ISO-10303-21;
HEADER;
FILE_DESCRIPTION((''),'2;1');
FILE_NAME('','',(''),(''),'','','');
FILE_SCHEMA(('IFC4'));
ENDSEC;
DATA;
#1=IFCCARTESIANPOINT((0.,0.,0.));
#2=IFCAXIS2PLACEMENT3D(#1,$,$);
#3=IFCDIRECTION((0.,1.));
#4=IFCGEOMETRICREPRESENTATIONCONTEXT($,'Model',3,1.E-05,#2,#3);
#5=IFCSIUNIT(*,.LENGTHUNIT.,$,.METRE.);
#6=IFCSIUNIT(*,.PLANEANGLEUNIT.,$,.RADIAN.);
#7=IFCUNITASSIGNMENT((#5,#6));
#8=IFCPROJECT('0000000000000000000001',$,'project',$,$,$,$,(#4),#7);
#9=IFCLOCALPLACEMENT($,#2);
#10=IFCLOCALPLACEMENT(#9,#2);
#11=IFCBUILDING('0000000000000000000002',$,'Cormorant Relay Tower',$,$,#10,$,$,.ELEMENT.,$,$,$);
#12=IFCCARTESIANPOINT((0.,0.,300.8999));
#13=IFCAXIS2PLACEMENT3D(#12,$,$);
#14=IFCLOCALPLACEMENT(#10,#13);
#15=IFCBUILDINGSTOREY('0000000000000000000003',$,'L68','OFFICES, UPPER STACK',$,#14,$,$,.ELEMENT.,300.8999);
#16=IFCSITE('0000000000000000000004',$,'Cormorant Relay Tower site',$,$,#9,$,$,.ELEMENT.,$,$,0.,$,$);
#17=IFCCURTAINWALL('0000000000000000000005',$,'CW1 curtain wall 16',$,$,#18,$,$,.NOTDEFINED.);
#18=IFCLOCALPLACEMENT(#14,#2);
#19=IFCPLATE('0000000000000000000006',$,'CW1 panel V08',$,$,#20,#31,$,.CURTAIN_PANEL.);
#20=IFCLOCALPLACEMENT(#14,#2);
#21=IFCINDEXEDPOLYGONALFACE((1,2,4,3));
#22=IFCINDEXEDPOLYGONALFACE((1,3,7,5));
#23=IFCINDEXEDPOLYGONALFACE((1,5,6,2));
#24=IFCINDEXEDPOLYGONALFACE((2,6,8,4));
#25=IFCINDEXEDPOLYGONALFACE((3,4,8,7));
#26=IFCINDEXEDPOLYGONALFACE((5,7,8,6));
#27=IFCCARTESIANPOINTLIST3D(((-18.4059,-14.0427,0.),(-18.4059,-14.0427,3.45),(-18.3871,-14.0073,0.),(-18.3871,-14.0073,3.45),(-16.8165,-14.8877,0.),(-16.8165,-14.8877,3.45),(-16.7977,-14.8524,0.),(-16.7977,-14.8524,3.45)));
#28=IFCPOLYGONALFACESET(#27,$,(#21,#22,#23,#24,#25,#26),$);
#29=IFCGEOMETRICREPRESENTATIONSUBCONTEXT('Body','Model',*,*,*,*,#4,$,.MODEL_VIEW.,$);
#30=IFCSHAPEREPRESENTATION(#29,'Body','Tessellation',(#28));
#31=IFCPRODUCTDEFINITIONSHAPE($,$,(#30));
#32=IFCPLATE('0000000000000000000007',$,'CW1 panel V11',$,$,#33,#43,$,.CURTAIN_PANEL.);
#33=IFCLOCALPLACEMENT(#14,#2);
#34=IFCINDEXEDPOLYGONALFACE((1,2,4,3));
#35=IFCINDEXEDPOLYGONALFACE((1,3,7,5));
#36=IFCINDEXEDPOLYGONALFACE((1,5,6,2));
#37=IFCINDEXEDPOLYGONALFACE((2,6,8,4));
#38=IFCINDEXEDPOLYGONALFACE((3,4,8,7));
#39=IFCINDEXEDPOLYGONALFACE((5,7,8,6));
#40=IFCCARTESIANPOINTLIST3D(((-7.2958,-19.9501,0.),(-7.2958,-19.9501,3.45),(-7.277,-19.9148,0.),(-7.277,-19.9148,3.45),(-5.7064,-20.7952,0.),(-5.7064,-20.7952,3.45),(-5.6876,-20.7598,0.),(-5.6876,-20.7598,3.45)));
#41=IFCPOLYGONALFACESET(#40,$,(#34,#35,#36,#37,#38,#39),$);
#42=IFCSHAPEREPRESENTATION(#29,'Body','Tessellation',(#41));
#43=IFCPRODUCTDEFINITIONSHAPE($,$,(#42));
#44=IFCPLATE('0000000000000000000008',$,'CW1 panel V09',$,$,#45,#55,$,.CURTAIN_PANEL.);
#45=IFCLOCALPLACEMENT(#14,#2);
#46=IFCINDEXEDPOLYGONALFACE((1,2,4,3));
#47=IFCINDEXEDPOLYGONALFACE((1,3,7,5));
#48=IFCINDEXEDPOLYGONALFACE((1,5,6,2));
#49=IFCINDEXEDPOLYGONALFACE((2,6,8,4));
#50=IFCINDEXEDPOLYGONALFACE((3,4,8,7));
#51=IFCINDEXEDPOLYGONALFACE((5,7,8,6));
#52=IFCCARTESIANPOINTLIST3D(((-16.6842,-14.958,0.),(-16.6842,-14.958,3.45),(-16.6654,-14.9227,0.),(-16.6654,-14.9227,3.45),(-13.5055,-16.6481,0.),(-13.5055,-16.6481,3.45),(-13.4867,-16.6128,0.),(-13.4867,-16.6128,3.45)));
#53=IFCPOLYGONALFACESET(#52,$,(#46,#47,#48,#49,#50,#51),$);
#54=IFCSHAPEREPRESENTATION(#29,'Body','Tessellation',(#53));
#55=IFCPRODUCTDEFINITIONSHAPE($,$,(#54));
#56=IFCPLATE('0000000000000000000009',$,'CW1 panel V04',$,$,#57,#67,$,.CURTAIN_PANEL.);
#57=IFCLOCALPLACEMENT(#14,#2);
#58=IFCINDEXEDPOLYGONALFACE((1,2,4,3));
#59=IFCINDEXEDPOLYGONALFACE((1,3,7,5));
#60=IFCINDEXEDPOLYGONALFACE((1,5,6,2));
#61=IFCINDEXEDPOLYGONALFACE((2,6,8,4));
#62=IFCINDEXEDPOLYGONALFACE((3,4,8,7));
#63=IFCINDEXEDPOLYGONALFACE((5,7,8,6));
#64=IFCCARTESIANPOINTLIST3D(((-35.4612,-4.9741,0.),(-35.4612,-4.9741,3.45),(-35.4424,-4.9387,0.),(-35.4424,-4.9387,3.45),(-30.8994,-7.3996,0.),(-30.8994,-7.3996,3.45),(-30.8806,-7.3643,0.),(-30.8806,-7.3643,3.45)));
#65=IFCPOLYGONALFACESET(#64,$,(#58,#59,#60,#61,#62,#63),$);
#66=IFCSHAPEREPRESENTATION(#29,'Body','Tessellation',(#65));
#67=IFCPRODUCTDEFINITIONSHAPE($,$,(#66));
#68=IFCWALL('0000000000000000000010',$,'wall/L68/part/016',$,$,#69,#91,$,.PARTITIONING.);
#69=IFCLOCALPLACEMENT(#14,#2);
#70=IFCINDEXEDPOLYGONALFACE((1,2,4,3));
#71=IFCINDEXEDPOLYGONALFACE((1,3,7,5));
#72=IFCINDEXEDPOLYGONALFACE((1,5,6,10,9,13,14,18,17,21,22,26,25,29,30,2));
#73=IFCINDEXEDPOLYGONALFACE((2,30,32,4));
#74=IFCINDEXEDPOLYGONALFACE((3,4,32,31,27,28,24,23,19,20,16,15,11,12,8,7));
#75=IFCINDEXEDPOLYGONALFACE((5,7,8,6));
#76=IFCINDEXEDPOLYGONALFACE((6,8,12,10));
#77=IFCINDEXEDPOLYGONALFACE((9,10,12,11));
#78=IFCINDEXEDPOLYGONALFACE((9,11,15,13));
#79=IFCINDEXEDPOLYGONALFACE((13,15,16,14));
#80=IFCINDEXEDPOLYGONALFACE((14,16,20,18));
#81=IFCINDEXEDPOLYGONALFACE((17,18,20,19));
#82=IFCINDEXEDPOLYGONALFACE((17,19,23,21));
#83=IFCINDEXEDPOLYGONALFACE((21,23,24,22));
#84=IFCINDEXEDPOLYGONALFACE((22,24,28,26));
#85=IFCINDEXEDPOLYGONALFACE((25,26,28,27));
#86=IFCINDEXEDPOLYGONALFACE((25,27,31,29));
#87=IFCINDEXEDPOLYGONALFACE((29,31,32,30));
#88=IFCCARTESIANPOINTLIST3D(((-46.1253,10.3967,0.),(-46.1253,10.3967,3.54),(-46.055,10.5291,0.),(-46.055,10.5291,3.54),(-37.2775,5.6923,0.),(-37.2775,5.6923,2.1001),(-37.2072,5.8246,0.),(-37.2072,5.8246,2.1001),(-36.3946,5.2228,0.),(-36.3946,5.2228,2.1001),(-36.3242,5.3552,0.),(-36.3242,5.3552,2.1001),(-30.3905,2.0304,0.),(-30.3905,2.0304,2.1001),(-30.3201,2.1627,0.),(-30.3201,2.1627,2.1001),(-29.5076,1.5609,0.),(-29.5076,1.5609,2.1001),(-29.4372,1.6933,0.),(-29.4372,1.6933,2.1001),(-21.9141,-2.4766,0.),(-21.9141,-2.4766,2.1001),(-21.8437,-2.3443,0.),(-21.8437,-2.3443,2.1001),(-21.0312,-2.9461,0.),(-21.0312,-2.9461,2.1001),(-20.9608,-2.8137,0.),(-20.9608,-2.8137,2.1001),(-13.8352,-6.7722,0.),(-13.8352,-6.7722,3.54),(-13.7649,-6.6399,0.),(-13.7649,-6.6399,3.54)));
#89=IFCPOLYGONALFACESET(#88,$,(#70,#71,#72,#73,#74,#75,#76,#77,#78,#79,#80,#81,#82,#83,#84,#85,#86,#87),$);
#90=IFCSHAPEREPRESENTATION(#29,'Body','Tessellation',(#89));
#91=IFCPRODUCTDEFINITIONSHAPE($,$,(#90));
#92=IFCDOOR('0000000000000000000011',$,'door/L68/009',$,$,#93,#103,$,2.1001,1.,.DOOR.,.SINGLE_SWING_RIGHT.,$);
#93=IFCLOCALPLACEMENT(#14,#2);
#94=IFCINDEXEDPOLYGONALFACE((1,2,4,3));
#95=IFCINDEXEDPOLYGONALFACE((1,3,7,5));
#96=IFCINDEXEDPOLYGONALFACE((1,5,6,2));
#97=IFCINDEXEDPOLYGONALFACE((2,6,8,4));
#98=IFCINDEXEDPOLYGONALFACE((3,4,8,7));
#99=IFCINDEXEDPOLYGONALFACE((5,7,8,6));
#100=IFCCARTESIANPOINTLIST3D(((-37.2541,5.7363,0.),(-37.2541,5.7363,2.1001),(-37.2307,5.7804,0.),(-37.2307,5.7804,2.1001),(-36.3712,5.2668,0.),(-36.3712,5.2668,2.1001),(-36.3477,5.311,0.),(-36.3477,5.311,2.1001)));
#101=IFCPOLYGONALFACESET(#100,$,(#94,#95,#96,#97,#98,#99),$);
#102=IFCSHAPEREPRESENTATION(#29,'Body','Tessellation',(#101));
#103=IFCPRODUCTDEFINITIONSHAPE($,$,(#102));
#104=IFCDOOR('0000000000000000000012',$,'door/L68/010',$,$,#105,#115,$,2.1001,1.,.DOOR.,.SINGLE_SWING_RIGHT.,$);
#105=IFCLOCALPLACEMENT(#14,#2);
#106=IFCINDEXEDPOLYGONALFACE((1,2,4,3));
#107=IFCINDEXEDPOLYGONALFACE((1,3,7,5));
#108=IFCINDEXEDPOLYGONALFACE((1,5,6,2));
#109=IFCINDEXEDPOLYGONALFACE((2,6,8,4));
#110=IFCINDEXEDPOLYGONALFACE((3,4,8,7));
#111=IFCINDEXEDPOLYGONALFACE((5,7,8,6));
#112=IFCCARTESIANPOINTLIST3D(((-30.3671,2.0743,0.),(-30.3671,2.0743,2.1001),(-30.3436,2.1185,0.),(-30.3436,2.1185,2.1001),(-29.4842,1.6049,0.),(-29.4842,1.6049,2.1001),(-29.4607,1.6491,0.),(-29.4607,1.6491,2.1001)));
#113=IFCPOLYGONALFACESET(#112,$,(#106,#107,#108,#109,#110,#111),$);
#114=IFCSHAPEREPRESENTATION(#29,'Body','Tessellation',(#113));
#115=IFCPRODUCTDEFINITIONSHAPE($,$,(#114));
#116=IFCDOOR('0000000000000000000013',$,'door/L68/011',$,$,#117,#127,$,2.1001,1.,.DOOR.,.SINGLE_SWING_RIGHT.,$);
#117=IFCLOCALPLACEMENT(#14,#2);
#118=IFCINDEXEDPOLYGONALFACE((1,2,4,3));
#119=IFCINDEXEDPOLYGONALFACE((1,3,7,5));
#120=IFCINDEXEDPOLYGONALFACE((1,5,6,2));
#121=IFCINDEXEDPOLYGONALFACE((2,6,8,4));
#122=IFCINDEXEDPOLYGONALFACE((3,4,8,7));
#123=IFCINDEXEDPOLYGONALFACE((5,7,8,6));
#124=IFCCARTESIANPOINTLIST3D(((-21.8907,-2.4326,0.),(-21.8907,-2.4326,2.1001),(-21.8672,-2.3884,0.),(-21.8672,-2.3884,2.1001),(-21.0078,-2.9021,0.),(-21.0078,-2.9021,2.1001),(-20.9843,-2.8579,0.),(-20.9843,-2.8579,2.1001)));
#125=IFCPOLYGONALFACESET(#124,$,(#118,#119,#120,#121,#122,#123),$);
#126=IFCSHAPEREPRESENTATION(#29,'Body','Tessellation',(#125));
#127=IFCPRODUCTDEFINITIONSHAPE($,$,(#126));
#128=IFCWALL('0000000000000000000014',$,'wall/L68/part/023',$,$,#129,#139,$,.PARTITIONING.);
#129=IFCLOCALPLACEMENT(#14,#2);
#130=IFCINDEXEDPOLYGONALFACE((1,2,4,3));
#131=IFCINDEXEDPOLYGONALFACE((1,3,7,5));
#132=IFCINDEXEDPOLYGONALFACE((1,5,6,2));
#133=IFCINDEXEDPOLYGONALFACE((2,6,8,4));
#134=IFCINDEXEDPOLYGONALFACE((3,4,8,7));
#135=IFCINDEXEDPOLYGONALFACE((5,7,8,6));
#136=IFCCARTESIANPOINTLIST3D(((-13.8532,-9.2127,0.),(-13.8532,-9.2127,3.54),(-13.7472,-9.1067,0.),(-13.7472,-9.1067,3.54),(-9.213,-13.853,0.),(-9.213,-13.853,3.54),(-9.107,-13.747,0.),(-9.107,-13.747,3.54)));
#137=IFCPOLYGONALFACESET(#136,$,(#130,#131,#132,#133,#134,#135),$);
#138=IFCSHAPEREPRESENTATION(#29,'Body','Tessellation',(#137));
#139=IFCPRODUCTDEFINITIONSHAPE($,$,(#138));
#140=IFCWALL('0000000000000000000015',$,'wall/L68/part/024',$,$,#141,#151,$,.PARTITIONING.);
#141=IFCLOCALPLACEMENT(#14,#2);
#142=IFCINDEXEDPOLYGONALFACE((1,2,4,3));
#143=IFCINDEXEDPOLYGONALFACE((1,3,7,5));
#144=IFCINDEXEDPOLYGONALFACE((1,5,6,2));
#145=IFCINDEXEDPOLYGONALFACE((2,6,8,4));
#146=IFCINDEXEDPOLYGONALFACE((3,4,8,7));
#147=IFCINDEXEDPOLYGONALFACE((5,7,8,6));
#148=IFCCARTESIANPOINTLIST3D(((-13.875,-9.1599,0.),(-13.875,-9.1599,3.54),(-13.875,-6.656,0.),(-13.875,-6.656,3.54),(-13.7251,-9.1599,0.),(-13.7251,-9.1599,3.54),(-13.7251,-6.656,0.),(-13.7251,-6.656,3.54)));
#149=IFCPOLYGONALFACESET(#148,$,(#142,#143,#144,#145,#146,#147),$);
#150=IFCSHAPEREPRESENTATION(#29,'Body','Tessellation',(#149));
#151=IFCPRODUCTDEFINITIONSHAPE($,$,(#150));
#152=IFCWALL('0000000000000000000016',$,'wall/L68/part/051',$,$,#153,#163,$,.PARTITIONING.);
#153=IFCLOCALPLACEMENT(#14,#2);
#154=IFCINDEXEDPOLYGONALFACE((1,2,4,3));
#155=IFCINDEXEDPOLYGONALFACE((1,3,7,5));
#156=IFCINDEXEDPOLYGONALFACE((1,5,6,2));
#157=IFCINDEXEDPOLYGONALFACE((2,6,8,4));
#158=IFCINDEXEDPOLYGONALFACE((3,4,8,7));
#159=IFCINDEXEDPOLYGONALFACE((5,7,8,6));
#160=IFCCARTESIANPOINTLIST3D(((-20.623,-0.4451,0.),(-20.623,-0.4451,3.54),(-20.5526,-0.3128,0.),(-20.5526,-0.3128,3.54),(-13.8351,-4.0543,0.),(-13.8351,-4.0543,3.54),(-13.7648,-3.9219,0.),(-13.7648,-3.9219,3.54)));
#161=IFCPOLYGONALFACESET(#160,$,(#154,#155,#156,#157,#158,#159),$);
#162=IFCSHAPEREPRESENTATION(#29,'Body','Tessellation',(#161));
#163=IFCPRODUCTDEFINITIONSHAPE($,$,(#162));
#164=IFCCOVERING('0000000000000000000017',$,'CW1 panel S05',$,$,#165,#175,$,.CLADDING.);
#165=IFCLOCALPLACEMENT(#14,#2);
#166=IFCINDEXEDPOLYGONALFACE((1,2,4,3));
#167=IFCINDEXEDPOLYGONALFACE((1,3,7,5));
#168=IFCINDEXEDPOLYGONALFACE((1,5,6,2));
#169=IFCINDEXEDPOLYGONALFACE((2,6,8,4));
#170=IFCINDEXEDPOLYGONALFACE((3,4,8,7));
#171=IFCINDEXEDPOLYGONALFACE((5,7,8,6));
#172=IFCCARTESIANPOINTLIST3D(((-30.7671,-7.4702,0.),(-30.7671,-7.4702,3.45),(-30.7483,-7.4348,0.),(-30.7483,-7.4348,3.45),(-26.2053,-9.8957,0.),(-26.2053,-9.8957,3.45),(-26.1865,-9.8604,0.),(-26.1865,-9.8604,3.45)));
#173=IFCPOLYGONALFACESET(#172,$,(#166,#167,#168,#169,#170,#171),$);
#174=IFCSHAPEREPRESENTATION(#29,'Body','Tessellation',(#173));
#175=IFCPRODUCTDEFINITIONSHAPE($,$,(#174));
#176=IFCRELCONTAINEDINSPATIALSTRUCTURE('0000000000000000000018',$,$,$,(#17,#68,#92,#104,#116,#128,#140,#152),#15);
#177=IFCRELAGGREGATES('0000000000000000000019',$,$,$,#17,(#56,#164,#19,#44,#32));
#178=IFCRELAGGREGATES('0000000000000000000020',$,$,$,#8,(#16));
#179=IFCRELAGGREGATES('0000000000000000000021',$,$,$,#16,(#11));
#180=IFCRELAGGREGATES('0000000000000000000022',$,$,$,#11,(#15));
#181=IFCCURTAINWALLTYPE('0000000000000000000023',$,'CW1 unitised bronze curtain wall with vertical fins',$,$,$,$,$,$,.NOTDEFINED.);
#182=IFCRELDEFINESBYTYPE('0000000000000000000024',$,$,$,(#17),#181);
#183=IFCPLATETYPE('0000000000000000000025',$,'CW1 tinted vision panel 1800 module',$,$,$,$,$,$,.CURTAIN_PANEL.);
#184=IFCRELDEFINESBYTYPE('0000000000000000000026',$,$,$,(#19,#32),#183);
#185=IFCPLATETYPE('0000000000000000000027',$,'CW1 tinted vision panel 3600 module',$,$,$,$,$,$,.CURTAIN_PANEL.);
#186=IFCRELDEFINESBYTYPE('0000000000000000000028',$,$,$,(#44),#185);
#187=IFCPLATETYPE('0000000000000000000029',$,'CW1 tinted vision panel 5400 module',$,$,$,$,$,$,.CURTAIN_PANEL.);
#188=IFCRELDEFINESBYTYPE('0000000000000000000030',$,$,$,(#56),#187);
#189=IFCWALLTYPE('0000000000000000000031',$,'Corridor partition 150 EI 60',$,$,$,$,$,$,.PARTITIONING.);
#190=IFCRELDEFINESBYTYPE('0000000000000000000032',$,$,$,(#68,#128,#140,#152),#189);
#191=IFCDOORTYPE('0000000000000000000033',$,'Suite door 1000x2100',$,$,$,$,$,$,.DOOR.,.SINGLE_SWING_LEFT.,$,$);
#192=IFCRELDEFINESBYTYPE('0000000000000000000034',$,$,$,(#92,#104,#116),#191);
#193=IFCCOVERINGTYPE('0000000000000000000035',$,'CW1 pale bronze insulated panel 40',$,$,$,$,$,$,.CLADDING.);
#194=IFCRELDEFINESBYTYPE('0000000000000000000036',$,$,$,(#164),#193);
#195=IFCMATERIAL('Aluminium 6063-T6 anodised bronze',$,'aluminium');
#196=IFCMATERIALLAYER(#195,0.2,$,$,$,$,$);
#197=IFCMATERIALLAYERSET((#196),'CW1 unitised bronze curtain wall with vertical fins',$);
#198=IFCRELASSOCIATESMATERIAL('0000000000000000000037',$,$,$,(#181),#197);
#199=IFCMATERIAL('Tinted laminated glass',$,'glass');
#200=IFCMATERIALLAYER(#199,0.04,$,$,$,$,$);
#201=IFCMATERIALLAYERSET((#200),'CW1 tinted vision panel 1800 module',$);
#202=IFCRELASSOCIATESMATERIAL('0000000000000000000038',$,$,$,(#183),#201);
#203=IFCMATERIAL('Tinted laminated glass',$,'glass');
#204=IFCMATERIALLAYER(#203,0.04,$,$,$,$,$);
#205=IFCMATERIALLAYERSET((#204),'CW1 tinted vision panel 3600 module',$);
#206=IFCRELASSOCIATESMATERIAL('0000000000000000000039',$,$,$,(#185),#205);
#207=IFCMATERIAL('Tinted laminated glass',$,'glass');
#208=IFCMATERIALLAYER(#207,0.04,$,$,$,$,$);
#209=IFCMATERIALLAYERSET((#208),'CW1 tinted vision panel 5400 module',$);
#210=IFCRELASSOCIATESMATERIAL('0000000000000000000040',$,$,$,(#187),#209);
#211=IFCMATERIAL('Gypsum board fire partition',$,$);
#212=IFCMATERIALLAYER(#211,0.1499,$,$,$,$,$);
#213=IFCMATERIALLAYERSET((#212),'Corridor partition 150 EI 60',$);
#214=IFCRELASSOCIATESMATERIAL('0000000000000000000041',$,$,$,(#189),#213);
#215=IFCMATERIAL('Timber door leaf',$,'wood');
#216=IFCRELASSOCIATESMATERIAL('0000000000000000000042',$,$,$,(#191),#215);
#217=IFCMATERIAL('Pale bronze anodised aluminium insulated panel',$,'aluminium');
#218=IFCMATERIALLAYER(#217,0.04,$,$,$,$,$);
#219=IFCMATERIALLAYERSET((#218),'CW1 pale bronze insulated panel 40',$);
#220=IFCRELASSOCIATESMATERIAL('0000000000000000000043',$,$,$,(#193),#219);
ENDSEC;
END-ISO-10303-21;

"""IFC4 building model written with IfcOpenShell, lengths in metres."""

from ifc_helpers import new_model, si_unit, direction, frame, frame_2d, origin, origin_2d, place, context, subcontext, project, spatial, rectangle, extrude, material, layer, layer_set, type_object, element, fill, aggregate, save


model = new_model("IFC4")

# Units and contexts
model_context = context("Model", 3, precision=1e-05, world=origin(), true_north=direction((0.0, 1.0)))
body_context = subcontext(model_context, "Body", "Model", "MODEL_VIEW")
ifc_project = project(units=[si_unit("LENGTHUNIT", "METRE"), si_unit("PLANEANGLEUNIT", "RADIAN")], contexts=[model_context])

# Site, building, storey
site_placement = place(None, origin())
site = spatial("IfcSite", under=ifc_project, at=site_placement, Name="Cormorant Relay Tower site", CompositionType="ELEMENT", RefElevation=0.0)
building_placement = place(site_placement, origin())
building = spatial("IfcBuilding", under=site, at=building_placement, Name="Cormorant Relay Tower", CompositionType="ELEMENT")
storey_placement = place(building_placement, frame((0.0, 0.0, 300.8999)))
storey = spatial("IfcBuildingStorey", under=building, at=storey_placement, Name="L68", Description="OFFICES, UPPER STACK", CompositionType="ELEMENT", Elevation=300.8999)

# Curtain wall
ifc_material_1 = material(Name="Aluminium 6063-T6 anodised bronze", Category="aluminium")
ifc_layer_1 = layer(ifc_material_1, 0.2)
ifc_layer_set_1 = layer_set([ifc_layer_1], Name="CW1 unitised bronze curtain wall with vertical fins")
curtain_wall_type = type_object("IfcCurtainWallType", Name="CW1 unitised bronze curtain wall with vertical fins", PredefinedType="NOTDEFINED", material=ifc_layer_set_1)
curtain_wall_placement = place(storey_placement, origin())
curtain_wall = element("IfcCurtainWall", 1, at=curtain_wall_placement, inside=storey, type_object=curtain_wall_type, Name="CW1 curtain wall 16", PredefinedType="NOTDEFINED")

# Plates
ifc_material_2 = material(Name="Tinted laminated glass", Category="glass")
ifc_layer_2 = layer(ifc_material_2, 0.04)
ifc_layer_set_2 = layer_set([ifc_layer_2], Name="CW1 tinted vision panel 1800 module")
plate_type_1 = type_object("IfcPlateType", Name="CW1 tinted vision panel 1800 module", PredefinedType="CURTAIN_PANEL", material=ifc_layer_set_2)
plate_1_placement = place(storey_placement, frame((-17.6018, -14.4475, 0.0), z_axis=(0.0, 0.0, 1.0), x_axis=(0.882948, -0.469472, 0.0)))
plate_1 = element("IfcPlate", 2, at=plate_1_placement, type_object=plate_type_1, Name="CW1 panel V08", PredefinedType="CURTAIN_PANEL", context=body_context, shape_type="SweptSolid", body=[
    extrude(rectangle(XDim=1.8, YDim=0.04, at=origin_2d()), origin(), (0.0, 0.0, 1.0), 3.45),
])
plate_2_placement = place(storey_placement, frame((-6.4917, -20.355, 0.0), z_axis=(0.0, 0.0, 1.0), x_axis=(0.882948, -0.469472, 0.0)))
plate_2 = element("IfcPlate", 3, at=plate_2_placement, type_object=plate_type_1, Name="CW1 panel V11", PredefinedType="CURTAIN_PANEL", context=body_context, shape_type="SweptSolid", body=[
    extrude(rectangle(XDim=1.8, YDim=0.04, at=origin_2d()), origin(), (0.0, 0.0, 1.0), 3.45),
])
ifc_material_3 = material(Name="Tinted laminated glass", Category="glass")
ifc_layer_3 = layer(ifc_material_3, 0.04)
ifc_layer_set_3 = layer_set([ifc_layer_3], Name="CW1 tinted vision panel 3600 module")
plate_type_2 = type_object("IfcPlateType", Name="CW1 tinted vision panel 3600 module", PredefinedType="CURTAIN_PANEL", material=ifc_layer_set_3)
plate_3_placement = place(storey_placement, frame((-15.0854, -15.7854, 0.0), z_axis=(0.0, 0.0, 1.0), x_axis=(0.882948, -0.469472, 0.0)))
plate_3 = element("IfcPlate", 4, at=plate_3_placement, type_object=plate_type_2, Name="CW1 panel V09", PredefinedType="CURTAIN_PANEL", context=body_context, shape_type="SweptSolid", body=[
    extrude(rectangle(XDim=3.6001, YDim=0.04, at=origin_2d()), origin(), (0.0, 0.0, 1.0), 3.45),
])
ifc_material_4 = material(Name="Tinted laminated glass", Category="glass")
ifc_layer_4 = layer(ifc_material_4, 0.04)
ifc_layer_set_4 = layer_set([ifc_layer_4], Name="CW1 tinted vision panel 5400 module")
plate_type_3 = type_object("IfcPlateType", Name="CW1 tinted vision panel 5400 module", PredefinedType="CURTAIN_PANEL", material=ifc_layer_set_4)
plate_4_placement = place(storey_placement, frame((-33.1709, -6.1692, 0.0), z_axis=(0.0, 0.0, 1.0), x_axis=(0.882948, -0.469472, 0.0)))
plate_4 = element("IfcPlate", 5, at=plate_4_placement, type_object=plate_type_3, Name="CW1 panel V04", PredefinedType="CURTAIN_PANEL", context=body_context, shape_type="SweptSolid", body=[
    extrude(rectangle(XDim=5.1665, YDim=0.04, at=origin_2d()), origin(), (0.0, 0.0, 1.0), 3.45),
])

# Wall, openings, doors
ifc_material_5 = material(Name="Gypsum board fire partition")
ifc_layer_5 = layer(ifc_material_5, 0.1499)
ifc_layer_set_5 = layer_set([ifc_layer_5], Name="Corridor partition 150 EI 60")
wall_type = type_object("IfcWallType", Name="Corridor partition 150 EI 60", PredefinedType="PARTITIONING", material=ifc_layer_set_5)
wall_1_placement = place(storey_placement, frame((-13.8, -6.7061, 0.0), z_axis=(0.0, 0.0, 1.0), x_axis=(-0.882947, 0.469472, 0.0)))
wall_1 = element("IfcWall", 6, at=wall_1_placement, inside=storey, type_object=wall_type, Name="wall/L68/part/016", PredefinedType="PARTITIONING", context=body_context, shape_type="SweptSolid", body=[
    extrude(rectangle(XDim=36.5708, YDim=0.1499, at=frame_2d((18.2854, 0.0))), origin(), (0.0, 0.0, 1.0), 3.54),
])
opening_1_placement = place(wall_1_placement, frame((25.55, 0.0, 0.0)))
opening_1 = element("IfcOpeningElement", 7, at=opening_1_placement, cuts=wall_1, PredefinedType="OPENING", context=body_context, shape_type="SweptSolid", body=[
    extrude(rectangle(XDim=1.0, YDim=2.1001, at=frame_2d((0.5, 1.05))), frame((0.0, 0.085, 0.0), z_axis=(0.0, -1.0, 0.0), x_axis=(1.0, 0.0, 0.0)), (0.0, 0.0, 1.0), 0.1699),
])
opening_2_placement = place(wall_1_placement, frame((17.75, 0.0, 0.0)))
opening_2 = element("IfcOpeningElement", 8, at=opening_2_placement, cuts=wall_1, PredefinedType="OPENING", context=body_context, shape_type="SweptSolid", body=[
    extrude(rectangle(XDim=1.0, YDim=2.1001, at=frame_2d((0.5, 1.05))), frame((0.0, 0.085, 0.0), z_axis=(0.0, -1.0, 0.0), x_axis=(1.0, 0.0, 0.0)), (0.0, 0.0, 1.0), 0.1699),
])
opening_3_placement = place(wall_1_placement, frame((8.1499, 0.0, 0.0)))
opening_3 = element("IfcOpeningElement", 9, at=opening_3_placement, cuts=wall_1, PredefinedType="OPENING", context=body_context, shape_type="SweptSolid", body=[
    extrude(rectangle(XDim=1.0, YDim=2.1001, at=frame_2d((0.5, 1.05))), frame((0.0, 0.085, 0.0), z_axis=(0.0, -1.0, 0.0), x_axis=(1.0, 0.0, 0.0)), (0.0, 0.0, 1.0), 0.1699),
])
ifc_material_6 = material(Name="Timber door leaf", Category="wood")
door_type = type_object("IfcDoorType", Name="Suite door 1000x2100", OperationType="SINGLE_SWING_LEFT", PredefinedType="DOOR", material=ifc_material_6)
door_1_placement = place(opening_1_placement, frame((1.0, 0.0, 0.0), z_axis=(0.0, 0.0, 1.0), x_axis=(-1.0, 0.0, 0.0)))
door_1 = element("IfcDoor", 10, at=door_1_placement, inside=storey, type_object=door_type, Name="door/L68/009", OperationType="SINGLE_SWING_RIGHT", OverallHeight=2.1001, OverallWidth=1.0, PredefinedType="DOOR", context=body_context, shape_type="SweptSolid", body=[
    extrude(rectangle(XDim=1.0, YDim=2.1001, at=frame_2d((0.5, 1.05))), frame((0.0, 0.0249, 0.0), z_axis=(0.0, -1.0, 0.0), x_axis=(1.0, 0.0, 0.0)), (0.0, 0.0, 1.0), 0.05),
])
fill(opening_1, door_1)
door_2_placement = place(opening_2_placement, frame((1.0, 0.0, 0.0), z_axis=(0.0, 0.0, 1.0), x_axis=(-1.0, 0.0, 0.0)))
door_2 = element("IfcDoor", 11, at=door_2_placement, inside=storey, type_object=door_type, Name="door/L68/010", OperationType="SINGLE_SWING_RIGHT", OverallHeight=2.1001, OverallWidth=1.0, PredefinedType="DOOR", context=body_context, shape_type="SweptSolid", body=[
    extrude(rectangle(XDim=1.0, YDim=2.1001, at=frame_2d((0.5, 1.05))), frame((0.0, 0.0249, 0.0), z_axis=(0.0, -1.0, 0.0), x_axis=(1.0, 0.0, 0.0)), (0.0, 0.0, 1.0), 0.05),
])
fill(opening_2, door_2)
door_3_placement = place(opening_3_placement, frame((1.0, 0.0, 0.0), z_axis=(0.0, 0.0, 1.0), x_axis=(-1.0, 0.0, 0.0)))
door_3 = element("IfcDoor", 12, at=door_3_placement, inside=storey, type_object=door_type, Name="door/L68/011", OperationType="SINGLE_SWING_RIGHT", OverallHeight=2.1001, OverallWidth=1.0, PredefinedType="DOOR", context=body_context, shape_type="SweptSolid", body=[
    extrude(rectangle(XDim=1.0, YDim=2.1001, at=frame_2d((0.5, 1.05))), frame((0.0, 0.0249, 0.0), z_axis=(0.0, -1.0, 0.0), x_axis=(1.0, 0.0, 0.0)), (0.0, 0.0, 1.0), 0.05),
])
fill(opening_3, door_3)

# Walls
wall_2_placement = place(storey_placement, frame((-9.1599, -13.8, 0.0), z_axis=(0.0, 0.0, 1.0), x_axis=(-0.707107, 0.707107, 0.0)))
element("IfcWall", 13, at=wall_2_placement, inside=storey, type_object=wall_type, Name="wall/L68/part/023", PredefinedType="PARTITIONING", context=body_context, shape_type="SweptSolid", body=[
    extrude(rectangle(XDim=6.5623, YDim=0.1499, at=frame_2d((3.2812, 0.0))), origin(), (0.0, 0.0, 1.0), 3.54),
])
wall_3_placement = place(storey_placement, frame((-13.8, -9.1599, 0.0), z_axis=(0.0, 0.0, 1.0), x_axis=(0.0, 1.0, 0.0)))
element("IfcWall", 14, at=wall_3_placement, inside=storey, type_object=wall_type, Name="wall/L68/part/024", PredefinedType="PARTITIONING", context=body_context, shape_type="SweptSolid", body=[
    extrude(rectangle(XDim=2.5039, YDim=0.1499, at=frame_2d((1.252, 0.0))), origin(), (0.0, 0.0, 1.0), 3.54),
])
wall_4_placement = place(storey_placement, frame((-13.8, -3.988, 0.0), z_axis=(0.0, 0.0, 1.0), x_axis=(-0.882949, 0.469469, 0.0)))
element("IfcWall", 15, at=wall_4_placement, inside=storey, type_object=wall_type, Name="wall/L68/part/051", PredefinedType="PARTITIONING", context=body_context, shape_type="SweptSolid", body=[
    extrude(rectangle(XDim=7.6877, YDim=0.1499, at=frame_2d((3.8438, 0.0))), origin(), (0.0, 0.0, 1.0), 3.54),
])

# Covering
ifc_material_7 = material(Name="Pale bronze anodised aluminium insulated panel", Category="aluminium")
ifc_layer_6 = layer(ifc_material_7, 0.04)
ifc_layer_set_6 = layer_set([ifc_layer_6], Name="CW1 pale bronze insulated panel 40")
covering_type = type_object("IfcCoveringType", Name="CW1 pale bronze insulated panel 40", PredefinedType="CLADDING", material=ifc_layer_set_6)
covering_1_placement = place(storey_placement, frame((-28.4768, -8.6653, 0.0), z_axis=(0.0, 0.0, 1.0), x_axis=(0.882948, -0.469472, 0.0)))
covering_1 = element("IfcCovering", 16, at=covering_1_placement, type_object=covering_type, Name="CW1 panel S05", PredefinedType="CLADDING", context=body_context, shape_type="SweptSolid", body=[
    extrude(rectangle(XDim=5.1665, YDim=0.04, at=origin_2d()), origin(), (0.0, 0.0, 1.0), 3.45),
])
aggregate(curtain_wall, [plate_4, covering_1, plate_1, plate_3, plate_2])

save(model, "model.ifc")
